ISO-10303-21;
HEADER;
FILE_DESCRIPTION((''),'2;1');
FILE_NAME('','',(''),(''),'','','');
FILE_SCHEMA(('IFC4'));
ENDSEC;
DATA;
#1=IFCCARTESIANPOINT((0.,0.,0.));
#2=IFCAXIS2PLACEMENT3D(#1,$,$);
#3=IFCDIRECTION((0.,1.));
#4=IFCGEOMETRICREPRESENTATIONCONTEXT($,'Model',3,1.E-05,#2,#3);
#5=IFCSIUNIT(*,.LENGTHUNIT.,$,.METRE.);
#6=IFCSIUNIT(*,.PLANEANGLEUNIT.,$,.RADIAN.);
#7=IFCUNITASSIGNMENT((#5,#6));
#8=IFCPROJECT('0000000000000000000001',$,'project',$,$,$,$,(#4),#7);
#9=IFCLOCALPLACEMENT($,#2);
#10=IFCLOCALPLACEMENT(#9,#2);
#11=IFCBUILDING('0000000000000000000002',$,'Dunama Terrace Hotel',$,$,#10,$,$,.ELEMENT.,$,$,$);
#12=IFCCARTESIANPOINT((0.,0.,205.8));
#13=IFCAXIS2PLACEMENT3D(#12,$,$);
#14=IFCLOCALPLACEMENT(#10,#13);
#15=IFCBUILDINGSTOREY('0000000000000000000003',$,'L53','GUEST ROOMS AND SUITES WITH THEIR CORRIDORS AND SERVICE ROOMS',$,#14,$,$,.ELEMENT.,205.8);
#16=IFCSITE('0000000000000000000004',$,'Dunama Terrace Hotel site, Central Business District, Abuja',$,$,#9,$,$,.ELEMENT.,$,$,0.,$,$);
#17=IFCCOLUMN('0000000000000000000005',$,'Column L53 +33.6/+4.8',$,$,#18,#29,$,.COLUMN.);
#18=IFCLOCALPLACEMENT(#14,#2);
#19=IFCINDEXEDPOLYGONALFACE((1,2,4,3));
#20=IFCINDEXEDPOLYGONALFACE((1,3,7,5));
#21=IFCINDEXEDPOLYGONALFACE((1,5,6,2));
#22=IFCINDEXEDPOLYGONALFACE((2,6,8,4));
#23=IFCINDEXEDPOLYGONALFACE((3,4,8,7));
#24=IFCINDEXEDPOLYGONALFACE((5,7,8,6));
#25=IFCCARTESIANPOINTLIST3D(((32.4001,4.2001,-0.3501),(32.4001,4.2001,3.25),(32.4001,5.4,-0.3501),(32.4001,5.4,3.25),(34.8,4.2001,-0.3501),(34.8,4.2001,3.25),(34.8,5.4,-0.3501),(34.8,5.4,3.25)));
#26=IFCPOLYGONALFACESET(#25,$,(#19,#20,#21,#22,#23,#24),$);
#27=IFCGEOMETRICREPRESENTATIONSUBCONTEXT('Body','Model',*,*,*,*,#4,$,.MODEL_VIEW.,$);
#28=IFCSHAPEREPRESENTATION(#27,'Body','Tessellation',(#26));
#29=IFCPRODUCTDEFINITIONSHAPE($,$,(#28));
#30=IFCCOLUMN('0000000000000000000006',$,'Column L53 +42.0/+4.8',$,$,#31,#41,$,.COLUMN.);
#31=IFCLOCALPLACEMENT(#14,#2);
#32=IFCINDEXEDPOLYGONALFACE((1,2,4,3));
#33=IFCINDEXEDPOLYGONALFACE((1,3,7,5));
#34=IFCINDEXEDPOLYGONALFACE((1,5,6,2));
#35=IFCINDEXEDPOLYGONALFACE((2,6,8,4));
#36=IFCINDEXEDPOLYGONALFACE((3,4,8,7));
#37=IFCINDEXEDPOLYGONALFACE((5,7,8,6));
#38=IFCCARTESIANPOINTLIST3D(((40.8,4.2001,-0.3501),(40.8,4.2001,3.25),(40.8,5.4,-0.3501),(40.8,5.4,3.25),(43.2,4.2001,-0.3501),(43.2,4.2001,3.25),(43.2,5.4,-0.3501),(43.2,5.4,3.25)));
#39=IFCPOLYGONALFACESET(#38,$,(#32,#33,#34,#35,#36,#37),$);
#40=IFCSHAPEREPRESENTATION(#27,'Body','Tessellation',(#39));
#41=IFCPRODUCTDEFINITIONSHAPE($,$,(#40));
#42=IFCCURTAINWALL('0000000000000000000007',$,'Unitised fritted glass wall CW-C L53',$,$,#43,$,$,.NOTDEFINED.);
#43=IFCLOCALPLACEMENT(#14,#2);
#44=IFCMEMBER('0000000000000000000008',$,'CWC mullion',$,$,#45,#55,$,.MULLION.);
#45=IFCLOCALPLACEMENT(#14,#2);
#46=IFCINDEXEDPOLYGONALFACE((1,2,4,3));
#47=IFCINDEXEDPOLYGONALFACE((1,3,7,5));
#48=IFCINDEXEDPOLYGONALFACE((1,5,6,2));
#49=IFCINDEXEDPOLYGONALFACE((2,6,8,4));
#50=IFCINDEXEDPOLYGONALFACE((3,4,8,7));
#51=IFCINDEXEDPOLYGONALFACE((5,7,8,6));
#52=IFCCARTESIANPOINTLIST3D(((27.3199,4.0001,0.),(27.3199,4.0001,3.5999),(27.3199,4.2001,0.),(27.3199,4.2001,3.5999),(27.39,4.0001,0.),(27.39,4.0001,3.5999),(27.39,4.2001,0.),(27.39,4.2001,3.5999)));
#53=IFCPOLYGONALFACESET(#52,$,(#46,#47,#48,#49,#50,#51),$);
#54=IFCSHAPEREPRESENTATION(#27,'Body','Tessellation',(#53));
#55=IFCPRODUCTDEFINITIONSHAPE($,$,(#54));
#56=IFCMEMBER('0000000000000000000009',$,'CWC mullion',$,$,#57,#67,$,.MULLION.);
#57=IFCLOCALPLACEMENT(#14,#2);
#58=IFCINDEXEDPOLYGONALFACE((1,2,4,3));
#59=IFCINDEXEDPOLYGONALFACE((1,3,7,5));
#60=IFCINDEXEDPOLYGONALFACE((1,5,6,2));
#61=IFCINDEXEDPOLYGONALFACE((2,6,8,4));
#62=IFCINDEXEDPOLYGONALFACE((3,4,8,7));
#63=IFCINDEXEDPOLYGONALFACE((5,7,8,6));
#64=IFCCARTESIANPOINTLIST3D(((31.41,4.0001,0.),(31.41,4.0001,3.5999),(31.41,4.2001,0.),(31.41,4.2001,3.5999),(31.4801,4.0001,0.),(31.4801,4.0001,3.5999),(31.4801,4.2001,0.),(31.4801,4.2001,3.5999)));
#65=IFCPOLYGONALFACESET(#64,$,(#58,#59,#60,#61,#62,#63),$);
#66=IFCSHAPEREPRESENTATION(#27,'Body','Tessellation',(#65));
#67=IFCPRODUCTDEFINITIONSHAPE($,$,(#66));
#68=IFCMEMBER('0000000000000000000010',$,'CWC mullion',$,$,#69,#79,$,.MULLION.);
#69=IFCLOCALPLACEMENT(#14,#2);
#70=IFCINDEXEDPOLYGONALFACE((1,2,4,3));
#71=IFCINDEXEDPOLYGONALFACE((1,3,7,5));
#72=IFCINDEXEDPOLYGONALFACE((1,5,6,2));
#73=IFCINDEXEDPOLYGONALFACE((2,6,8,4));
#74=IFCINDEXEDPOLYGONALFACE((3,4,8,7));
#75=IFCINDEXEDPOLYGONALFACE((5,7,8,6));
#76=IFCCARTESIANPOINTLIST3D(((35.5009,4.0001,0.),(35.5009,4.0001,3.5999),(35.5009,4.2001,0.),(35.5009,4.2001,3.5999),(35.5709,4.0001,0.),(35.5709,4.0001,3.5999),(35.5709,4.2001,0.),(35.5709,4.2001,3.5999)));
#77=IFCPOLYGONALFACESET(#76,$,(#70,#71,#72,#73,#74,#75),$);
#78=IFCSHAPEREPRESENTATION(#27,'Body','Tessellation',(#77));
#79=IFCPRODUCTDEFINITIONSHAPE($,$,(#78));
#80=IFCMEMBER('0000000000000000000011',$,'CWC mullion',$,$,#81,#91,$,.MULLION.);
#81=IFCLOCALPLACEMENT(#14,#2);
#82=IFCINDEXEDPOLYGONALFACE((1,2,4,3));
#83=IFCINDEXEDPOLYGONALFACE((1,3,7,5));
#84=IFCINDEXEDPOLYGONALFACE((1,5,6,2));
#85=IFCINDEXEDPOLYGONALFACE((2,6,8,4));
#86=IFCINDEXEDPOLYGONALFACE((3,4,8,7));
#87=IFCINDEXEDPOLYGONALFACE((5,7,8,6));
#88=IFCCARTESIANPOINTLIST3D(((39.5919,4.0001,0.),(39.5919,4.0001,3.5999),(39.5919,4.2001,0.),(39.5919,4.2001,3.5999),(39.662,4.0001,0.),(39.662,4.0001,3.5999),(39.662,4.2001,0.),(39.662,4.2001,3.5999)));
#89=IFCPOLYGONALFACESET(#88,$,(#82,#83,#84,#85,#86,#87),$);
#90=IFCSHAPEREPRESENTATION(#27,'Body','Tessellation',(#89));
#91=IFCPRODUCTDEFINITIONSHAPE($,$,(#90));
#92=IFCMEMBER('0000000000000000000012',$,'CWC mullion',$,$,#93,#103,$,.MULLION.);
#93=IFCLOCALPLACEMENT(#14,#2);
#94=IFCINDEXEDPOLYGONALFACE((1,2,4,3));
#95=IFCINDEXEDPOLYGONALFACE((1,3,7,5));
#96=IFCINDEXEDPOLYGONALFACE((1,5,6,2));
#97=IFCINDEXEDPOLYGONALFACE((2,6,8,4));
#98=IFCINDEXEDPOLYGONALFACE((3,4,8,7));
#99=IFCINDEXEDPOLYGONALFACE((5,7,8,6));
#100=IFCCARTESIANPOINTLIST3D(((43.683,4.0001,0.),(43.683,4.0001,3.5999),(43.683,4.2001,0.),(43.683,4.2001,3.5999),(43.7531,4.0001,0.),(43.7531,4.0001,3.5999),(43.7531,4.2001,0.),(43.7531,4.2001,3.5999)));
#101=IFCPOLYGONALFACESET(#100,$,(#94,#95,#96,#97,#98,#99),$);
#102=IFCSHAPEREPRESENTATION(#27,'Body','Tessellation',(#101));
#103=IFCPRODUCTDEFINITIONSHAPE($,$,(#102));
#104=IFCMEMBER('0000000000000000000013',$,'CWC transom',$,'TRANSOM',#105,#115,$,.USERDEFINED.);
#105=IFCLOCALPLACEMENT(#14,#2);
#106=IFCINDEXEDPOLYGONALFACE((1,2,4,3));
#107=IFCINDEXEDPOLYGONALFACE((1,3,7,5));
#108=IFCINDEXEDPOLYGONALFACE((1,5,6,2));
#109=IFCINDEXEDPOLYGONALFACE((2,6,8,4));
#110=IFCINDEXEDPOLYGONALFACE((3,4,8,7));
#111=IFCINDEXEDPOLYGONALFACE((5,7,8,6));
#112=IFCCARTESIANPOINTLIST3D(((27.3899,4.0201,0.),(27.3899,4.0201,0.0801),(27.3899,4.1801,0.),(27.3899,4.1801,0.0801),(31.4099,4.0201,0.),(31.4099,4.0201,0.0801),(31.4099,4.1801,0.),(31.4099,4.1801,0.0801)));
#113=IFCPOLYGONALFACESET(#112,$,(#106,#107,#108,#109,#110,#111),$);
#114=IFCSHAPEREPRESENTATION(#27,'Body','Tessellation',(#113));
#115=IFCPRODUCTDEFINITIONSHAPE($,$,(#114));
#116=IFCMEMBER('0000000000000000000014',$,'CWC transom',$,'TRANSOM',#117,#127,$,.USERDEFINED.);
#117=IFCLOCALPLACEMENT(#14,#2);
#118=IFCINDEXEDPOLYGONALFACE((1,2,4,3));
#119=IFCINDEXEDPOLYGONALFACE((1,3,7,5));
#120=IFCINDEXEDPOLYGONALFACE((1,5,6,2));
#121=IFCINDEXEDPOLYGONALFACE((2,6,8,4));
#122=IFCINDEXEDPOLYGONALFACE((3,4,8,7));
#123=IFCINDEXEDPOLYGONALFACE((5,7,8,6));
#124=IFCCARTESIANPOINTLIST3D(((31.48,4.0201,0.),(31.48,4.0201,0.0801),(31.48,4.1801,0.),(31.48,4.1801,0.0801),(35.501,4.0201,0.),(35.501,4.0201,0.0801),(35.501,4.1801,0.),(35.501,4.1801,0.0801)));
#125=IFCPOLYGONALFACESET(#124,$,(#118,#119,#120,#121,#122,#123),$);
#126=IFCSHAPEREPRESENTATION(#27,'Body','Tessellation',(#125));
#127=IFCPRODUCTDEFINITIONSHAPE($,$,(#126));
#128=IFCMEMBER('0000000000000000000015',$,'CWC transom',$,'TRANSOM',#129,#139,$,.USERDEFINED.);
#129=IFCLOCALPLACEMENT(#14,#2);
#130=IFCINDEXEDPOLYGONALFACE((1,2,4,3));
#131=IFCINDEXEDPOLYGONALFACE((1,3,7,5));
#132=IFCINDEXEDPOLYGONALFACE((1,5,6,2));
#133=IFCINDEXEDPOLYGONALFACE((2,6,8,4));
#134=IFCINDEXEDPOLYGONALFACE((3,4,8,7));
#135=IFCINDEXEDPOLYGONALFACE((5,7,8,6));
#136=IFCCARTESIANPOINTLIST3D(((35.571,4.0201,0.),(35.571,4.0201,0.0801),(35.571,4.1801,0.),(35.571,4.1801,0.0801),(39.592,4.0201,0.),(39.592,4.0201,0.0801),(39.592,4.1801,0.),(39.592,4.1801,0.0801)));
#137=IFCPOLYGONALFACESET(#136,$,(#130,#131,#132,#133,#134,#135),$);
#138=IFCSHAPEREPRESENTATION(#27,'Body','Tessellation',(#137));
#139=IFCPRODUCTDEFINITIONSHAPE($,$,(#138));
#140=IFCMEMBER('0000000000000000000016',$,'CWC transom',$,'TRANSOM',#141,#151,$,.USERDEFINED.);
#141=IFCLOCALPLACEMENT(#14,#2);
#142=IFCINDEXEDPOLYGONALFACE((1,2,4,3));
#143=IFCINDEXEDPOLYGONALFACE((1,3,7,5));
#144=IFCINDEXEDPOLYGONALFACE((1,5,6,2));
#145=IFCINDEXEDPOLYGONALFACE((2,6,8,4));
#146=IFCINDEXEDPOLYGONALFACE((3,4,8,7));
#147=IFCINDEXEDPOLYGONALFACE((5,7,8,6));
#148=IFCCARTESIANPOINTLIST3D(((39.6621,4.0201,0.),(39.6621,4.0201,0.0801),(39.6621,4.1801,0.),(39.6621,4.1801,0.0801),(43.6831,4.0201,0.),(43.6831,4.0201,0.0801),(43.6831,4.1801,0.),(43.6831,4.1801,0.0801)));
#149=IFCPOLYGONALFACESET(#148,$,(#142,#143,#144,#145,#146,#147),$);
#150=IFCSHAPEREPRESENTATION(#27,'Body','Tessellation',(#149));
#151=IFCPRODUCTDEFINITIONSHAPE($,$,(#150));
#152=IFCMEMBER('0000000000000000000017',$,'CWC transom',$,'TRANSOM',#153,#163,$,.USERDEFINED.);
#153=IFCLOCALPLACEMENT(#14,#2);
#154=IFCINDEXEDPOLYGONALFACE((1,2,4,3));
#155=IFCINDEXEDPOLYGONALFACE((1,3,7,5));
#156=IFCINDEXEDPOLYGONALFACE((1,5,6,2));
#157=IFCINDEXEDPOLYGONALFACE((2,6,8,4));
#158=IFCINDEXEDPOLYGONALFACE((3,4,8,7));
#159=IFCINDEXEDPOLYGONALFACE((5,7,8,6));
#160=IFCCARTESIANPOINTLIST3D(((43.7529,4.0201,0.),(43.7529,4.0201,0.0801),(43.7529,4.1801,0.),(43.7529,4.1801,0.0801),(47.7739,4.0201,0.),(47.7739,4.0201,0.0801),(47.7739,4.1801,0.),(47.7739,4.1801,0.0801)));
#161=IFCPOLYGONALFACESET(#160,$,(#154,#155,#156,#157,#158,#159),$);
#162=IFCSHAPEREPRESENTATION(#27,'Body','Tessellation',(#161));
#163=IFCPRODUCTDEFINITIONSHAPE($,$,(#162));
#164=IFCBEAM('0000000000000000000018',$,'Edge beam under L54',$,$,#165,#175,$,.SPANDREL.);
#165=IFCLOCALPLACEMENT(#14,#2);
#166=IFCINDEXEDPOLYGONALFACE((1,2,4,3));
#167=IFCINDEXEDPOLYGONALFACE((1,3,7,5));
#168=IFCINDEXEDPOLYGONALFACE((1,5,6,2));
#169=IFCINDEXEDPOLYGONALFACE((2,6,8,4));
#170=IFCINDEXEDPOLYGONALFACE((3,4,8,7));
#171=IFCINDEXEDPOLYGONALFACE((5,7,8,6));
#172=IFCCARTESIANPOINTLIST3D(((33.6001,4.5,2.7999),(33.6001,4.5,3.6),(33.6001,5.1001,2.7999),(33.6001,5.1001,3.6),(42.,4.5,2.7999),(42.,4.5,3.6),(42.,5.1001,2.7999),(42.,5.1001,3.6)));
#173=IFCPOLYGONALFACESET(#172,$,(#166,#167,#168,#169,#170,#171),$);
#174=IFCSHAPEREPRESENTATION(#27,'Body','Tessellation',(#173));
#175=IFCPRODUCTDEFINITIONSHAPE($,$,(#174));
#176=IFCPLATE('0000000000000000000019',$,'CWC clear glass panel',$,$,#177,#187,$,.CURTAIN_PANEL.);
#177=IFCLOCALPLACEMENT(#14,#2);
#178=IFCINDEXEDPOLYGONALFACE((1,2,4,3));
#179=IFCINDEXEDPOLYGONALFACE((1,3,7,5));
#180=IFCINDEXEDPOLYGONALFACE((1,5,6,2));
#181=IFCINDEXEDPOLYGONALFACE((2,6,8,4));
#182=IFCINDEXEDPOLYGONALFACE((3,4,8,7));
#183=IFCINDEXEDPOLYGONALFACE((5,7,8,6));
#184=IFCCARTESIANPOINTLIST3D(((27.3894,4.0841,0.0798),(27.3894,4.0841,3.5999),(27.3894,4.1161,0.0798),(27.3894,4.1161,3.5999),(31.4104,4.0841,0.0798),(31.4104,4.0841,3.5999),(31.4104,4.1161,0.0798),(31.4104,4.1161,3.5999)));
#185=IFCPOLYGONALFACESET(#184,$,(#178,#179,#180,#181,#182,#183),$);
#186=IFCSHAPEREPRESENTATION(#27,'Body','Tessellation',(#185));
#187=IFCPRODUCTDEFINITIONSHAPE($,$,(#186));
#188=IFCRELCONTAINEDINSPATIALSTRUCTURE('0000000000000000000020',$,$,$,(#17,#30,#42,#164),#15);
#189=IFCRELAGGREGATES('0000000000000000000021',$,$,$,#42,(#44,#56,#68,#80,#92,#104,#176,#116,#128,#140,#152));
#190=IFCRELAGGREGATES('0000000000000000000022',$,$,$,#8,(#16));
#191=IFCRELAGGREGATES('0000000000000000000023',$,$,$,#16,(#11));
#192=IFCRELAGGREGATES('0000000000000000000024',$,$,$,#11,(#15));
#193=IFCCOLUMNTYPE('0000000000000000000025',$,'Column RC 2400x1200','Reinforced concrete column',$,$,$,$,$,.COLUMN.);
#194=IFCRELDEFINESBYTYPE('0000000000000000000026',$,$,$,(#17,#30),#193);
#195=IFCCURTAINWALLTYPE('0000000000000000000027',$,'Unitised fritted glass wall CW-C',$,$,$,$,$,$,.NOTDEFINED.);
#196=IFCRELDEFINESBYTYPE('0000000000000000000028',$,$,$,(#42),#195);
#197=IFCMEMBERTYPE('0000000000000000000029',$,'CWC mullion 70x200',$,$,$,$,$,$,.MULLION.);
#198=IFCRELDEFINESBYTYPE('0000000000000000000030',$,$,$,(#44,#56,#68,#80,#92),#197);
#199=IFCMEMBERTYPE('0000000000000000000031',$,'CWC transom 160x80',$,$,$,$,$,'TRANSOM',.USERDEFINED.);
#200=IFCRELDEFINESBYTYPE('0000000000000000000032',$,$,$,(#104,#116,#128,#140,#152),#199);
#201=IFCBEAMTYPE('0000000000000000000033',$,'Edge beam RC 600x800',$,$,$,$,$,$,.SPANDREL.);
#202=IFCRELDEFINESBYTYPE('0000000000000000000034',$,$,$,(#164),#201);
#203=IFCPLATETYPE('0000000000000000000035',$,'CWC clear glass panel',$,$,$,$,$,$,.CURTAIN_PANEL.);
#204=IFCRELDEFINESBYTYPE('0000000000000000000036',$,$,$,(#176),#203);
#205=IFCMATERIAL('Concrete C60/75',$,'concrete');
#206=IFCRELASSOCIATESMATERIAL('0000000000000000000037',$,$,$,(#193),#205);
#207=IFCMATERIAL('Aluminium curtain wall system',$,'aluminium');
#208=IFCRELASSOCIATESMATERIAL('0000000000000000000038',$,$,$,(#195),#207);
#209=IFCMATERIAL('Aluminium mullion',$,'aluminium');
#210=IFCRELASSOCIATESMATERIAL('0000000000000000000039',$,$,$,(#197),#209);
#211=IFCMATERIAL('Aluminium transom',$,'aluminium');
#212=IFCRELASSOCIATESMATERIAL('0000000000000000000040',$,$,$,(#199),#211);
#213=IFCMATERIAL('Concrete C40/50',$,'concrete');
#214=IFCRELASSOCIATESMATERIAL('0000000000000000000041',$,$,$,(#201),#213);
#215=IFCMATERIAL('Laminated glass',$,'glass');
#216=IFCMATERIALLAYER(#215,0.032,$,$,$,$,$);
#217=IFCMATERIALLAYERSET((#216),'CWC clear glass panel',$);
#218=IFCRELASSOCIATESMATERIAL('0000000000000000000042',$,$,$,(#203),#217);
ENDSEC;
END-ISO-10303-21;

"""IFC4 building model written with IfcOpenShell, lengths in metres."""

from ifc_helpers import new_model, si_unit, direction, frame, origin, origin_2d, place, context, subcontext, project, spatial, rectangle, extrude, material, layer, layer_set, material_profile, profile_set, type_object, element, aggregate, save


model = new_model("IFC4")

# Units and contexts
model_context = context("Model", 3, precision=1e-05, world=origin(), true_north=direction((0.0, 1.0)))
body_context = subcontext(model_context, "Body", "Model", "MODEL_VIEW")
ifc_project = project(units=[si_unit("LENGTHUNIT", "METRE"), si_unit("PLANEANGLEUNIT", "RADIAN")], contexts=[model_context])

# Site, building, storey
site_placement = place(None, origin())
site = spatial("IfcSite", under=ifc_project, at=site_placement, Name="Dunama Terrace Hotel site, Central Business District, Abuja", CompositionType="ELEMENT", RefElevation=0.0)
building_placement = place(site_placement, origin())
building = spatial("IfcBuilding", under=site, at=building_placement, Name="Dunama Terrace Hotel", CompositionType="ELEMENT")
storey_placement = place(building_placement, frame((0.0, 0.0, 205.8)))
storey = spatial("IfcBuildingStorey", under=building, at=storey_placement, Name="L53", Description="GUEST ROOMS AND SUITES WITH THEIR CORRIDORS AND SERVICE ROOMS", CompositionType="ELEMENT", Elevation=205.8)

# Columns
ifc_material_1 = material(Name="Concrete C60/75", Category="concrete")
ifc_material_profile_1 = material_profile(ifc_material_1, rectangle(XDim=2.3999, YDim=1.2, at=origin_2d()), Name="RC 2400x1200")
ifc_profile_set_1 = profile_set([ifc_material_profile_1], Name="Concrete C60/75")
column_type = type_object("IfcColumnType", Name="Column RC 2400x1200", Description="Reinforced concrete column", PredefinedType="COLUMN", material=ifc_profile_set_1)
for number, where, z_axis, x_axis, name in (
    (1, (33.6001, 4.8, -0.3501), (0.0, 0.0, 1.0), (1.0, 0.0, 0.0), "Column L53 +33.6/+4.8"),
    (2, (42.0, 4.8, -0.3501), (0.0, 0.0, 1.0), (1.0, 0.0, 0.0), "Column L53 +42.0/+4.8"),
):
    element("IfcColumn", number, at=place(storey_placement, frame(where, z_axis=z_axis, x_axis=x_axis)), inside=storey, type_object=column_type, Name=name, PredefinedType="COLUMN", context=body_context, shape_type="SweptSolid", body=[
        extrude(rectangle(XDim=2.3999, YDim=1.2, at=origin_2d()), origin(), (0.0, 0.0, 1.0), 3.6001),
    ])

# Curtain wall, members
ifc_material_2 = material(Name="Aluminium curtain wall system", Category="aluminium")
curtain_wall_type = type_object("IfcCurtainWallType", Name="Unitised fritted glass wall CW-C", PredefinedType="NOTDEFINED", material=ifc_material_2)
curtain_wall_placement = place(storey_placement, origin())
curtain_wall = element("IfcCurtainWall", 3, at=curtain_wall_placement, inside=storey, type_object=curtain_wall_type, Name="Unitised fritted glass wall CW-C L53", PredefinedType="NOTDEFINED")
ifc_material_3 = material(Name="Aluminium mullion", Category="aluminium")
ifc_material_profile_2 = material_profile(ifc_material_3, rectangle(XDim=0.0701, YDim=0.2, at=origin_2d()), Name="CWC MULLION 70X200")
ifc_profile_set_2 = profile_set([ifc_material_profile_2], Name="Aluminium mullion")
member_type_1 = type_object("IfcMemberType", Name="CWC mullion 70x200", PredefinedType="MULLION", material=ifc_profile_set_2)
member_1_placement = place(storey_placement, frame((27.355, 4.1001, 0.0), z_axis=(0.0, 0.0, 1.0), x_axis=(1.0, 0.0, 0.0)))
member_1 = element("IfcMember", 4, at=member_1_placement, type_object=member_type_1, Name="CWC mullion", PredefinedType="MULLION", context=body_context, shape_type="SweptSolid", body=[
    extrude(rectangle(XDim=0.0701, YDim=0.2, at=origin_2d()), origin(), (0.0, 0.0, 1.0), 3.5999),
])
member_2_placement = place(storey_placement, frame((31.4451, 4.1001, 0.0), z_axis=(0.0, 0.0, 1.0), x_axis=(1.0, 0.0, 0.0)))
member_2 = element("IfcMember", 5, at=member_2_placement, type_object=member_type_1, Name="CWC mullion", PredefinedType="MULLION", context=body_context, shape_type="SweptSolid", body=[
    extrude(rectangle(XDim=0.0701, YDim=0.2, at=origin_2d()), origin(), (0.0, 0.0, 1.0), 3.5999),
])
member_3_placement = place(storey_placement, frame((35.5359, 4.1001, 0.0), z_axis=(0.0, 0.0, 1.0), x_axis=(1.0, 0.0, 0.0)))
member_3 = element("IfcMember", 6, at=member_3_placement, type_object=member_type_1, Name="CWC mullion", PredefinedType="MULLION", context=body_context, shape_type="SweptSolid", body=[
    extrude(rectangle(XDim=0.0701, YDim=0.2, at=origin_2d()), origin(), (0.0, 0.0, 1.0), 3.5999),
])
member_4_placement = place(storey_placement, frame((39.627, 4.1001, 0.0), z_axis=(0.0, 0.0, 1.0), x_axis=(1.0, 0.0, 0.0)))
member_4 = element("IfcMember", 7, at=member_4_placement, type_object=member_type_1, Name="CWC mullion", PredefinedType="MULLION", context=body_context, shape_type="SweptSolid", body=[
    extrude(rectangle(XDim=0.0701, YDim=0.2, at=origin_2d()), origin(), (0.0, 0.0, 1.0), 3.5999),
])
member_5_placement = place(storey_placement, frame((43.718, 4.1001, 0.0), z_axis=(0.0, 0.0, 1.0), x_axis=(1.0, 0.0, 0.0)))
member_5 = element("IfcMember", 8, at=member_5_placement, type_object=member_type_1, Name="CWC mullion", PredefinedType="MULLION", context=body_context, shape_type="SweptSolid", body=[
    extrude(rectangle(XDim=0.0701, YDim=0.2, at=origin_2d()), origin(), (0.0, 0.0, 1.0), 3.5999),
])
ifc_material_4 = material(Name="Aluminium transom", Category="aluminium")
ifc_material_profile_3 = material_profile(ifc_material_4, rectangle(XDim=0.1599, YDim=0.0801, at=origin_2d()), Name="CWC TRANSOM 160X80")
ifc_profile_set_3 = profile_set([ifc_material_profile_3], Name="Aluminium transom")
member_type_2 = type_object("IfcMemberType", Name="CWC transom 160x80", ElementType="TRANSOM", PredefinedType="USERDEFINED", material=ifc_profile_set_3)
member_6_placement = place(storey_placement, frame((27.3899, 4.1001, 0.04), z_axis=(1.0, 0.0, 0.0), x_axis=(0.0, 1.0, 0.0)))
member_6 = element("IfcMember", 9, at=member_6_placement, type_object=member_type_2, Name="CWC transom", ObjectType="TRANSOM", PredefinedType="USERDEFINED", context=body_context, shape_type="SweptSolid", body=[
    extrude(rectangle(XDim=0.1599, YDim=0.0801, at=origin_2d()), origin(), (0.0, 0.0, 1.0), 4.02),
])
member_7_placement = place(storey_placement, frame((31.48, 4.1001, 0.04), z_axis=(1.0, 0.0, 0.0), x_axis=(0.0, 1.0, 0.0)))
member_7 = element("IfcMember", 10, at=member_7_placement, type_object=member_type_2, Name="CWC transom", ObjectType="TRANSOM", PredefinedType="USERDEFINED", context=body_context, shape_type="SweptSolid", body=[
    extrude(rectangle(XDim=0.1599, YDim=0.0801, at=origin_2d()), origin(), (0.0, 0.0, 1.0), 4.021),
])
member_8_placement = place(storey_placement, frame((35.571, 4.1001, 0.04), z_axis=(1.0, 0.0, 0.0), x_axis=(0.0, 1.0, 0.0)))
member_8 = element("IfcMember", 11, at=member_8_placement, type_object=member_type_2, Name="CWC transom", ObjectType="TRANSOM", PredefinedType="USERDEFINED", context=body_context, shape_type="SweptSolid", body=[
    extrude(rectangle(XDim=0.1599, YDim=0.0801, at=origin_2d()), origin(), (0.0, 0.0, 1.0), 4.021),
])
member_9_placement = place(storey_placement, frame((39.6621, 4.1001, 0.04), z_axis=(1.0, 0.0, 0.0), x_axis=(0.0, 1.0, 0.0)))
member_9 = element("IfcMember", 12, at=member_9_placement, type_object=member_type_2, Name="CWC transom", ObjectType="TRANSOM", PredefinedType="USERDEFINED", context=body_context, shape_type="SweptSolid", body=[
    extrude(rectangle(XDim=0.1599, YDim=0.0801, at=origin_2d()), origin(), (0.0, 0.0, 1.0), 4.021),
])
member_10_placement = place(storey_placement, frame((43.7529, 4.1001, 0.04), z_axis=(1.0, 0.0, 0.0), x_axis=(0.0, 1.0, 0.0)))
member_10 = element("IfcMember", 13, at=member_10_placement, type_object=member_type_2, Name="CWC transom", ObjectType="TRANSOM", PredefinedType="USERDEFINED", context=body_context, shape_type="SweptSolid", body=[
    extrude(rectangle(XDim=0.1599, YDim=0.0801, at=origin_2d()), origin(), (0.0, 0.0, 1.0), 4.021),
])

# Beam
ifc_material_5 = material(Name="Concrete C40/50", Category="concrete")
ifc_material_profile_4 = material_profile(ifc_material_5, rectangle(XDim=0.6001, YDim=0.8, at=origin_2d()), Name="RC 600x800")
ifc_profile_set_4 = profile_set([ifc_material_profile_4], Name="Concrete C40/50")
beam_type = type_object("IfcBeamType", Name="Edge beam RC 600x800", PredefinedType="SPANDREL", material=ifc_profile_set_4)
beam_placement = place(storey_placement, frame((33.6001, 4.8, 3.2), z_axis=(1.0, 0.0, 0.0), x_axis=(0.0, 1.0, 0.0)))
element("IfcBeam", 14, at=beam_placement, inside=storey, type_object=beam_type, Name="Edge beam under L54", PredefinedType="SPANDREL", context=body_context, shape_type="SweptSolid", body=[
    extrude(rectangle(XDim=0.6001, YDim=0.8, at=origin_2d()), origin(), (0.0, 0.0, 1.0), 8.3999),
])

# Plate
ifc_material_6 = material(Name="Laminated glass", Category="glass")
ifc_layer_1 = layer(ifc_material_6, 0.032)
ifc_layer_set_1 = layer_set([ifc_layer_1], Name="CWC clear glass panel")
plate_type_1 = type_object("IfcPlateType", Name="CWC clear glass panel", PredefinedType="CURTAIN_PANEL", material=ifc_layer_set_1)
plate_1_placement = place(storey_placement, frame((29.3999, 4.1001, 0.0798), z_axis=(0.0, 0.0, 1.0), x_axis=(1.0, 0.0, 0.0)))
plate_1 = element("IfcPlate", 15, at=plate_1_placement, type_object=plate_type_1, Name="CWC clear glass panel", PredefinedType="CURTAIN_PANEL", context=body_context, shape_type="SweptSolid", body=[
    extrude(rectangle(XDim=4.021, YDim=0.032, at=origin_2d()), origin(), (0.0, 0.0, 1.0), 3.52),
])
aggregate(curtain_wall, [member_1, member_2, member_3, member_4, member_5, member_6, plate_1, member_7, member_8, member_9, member_10])

save(model, "model.ifc")
